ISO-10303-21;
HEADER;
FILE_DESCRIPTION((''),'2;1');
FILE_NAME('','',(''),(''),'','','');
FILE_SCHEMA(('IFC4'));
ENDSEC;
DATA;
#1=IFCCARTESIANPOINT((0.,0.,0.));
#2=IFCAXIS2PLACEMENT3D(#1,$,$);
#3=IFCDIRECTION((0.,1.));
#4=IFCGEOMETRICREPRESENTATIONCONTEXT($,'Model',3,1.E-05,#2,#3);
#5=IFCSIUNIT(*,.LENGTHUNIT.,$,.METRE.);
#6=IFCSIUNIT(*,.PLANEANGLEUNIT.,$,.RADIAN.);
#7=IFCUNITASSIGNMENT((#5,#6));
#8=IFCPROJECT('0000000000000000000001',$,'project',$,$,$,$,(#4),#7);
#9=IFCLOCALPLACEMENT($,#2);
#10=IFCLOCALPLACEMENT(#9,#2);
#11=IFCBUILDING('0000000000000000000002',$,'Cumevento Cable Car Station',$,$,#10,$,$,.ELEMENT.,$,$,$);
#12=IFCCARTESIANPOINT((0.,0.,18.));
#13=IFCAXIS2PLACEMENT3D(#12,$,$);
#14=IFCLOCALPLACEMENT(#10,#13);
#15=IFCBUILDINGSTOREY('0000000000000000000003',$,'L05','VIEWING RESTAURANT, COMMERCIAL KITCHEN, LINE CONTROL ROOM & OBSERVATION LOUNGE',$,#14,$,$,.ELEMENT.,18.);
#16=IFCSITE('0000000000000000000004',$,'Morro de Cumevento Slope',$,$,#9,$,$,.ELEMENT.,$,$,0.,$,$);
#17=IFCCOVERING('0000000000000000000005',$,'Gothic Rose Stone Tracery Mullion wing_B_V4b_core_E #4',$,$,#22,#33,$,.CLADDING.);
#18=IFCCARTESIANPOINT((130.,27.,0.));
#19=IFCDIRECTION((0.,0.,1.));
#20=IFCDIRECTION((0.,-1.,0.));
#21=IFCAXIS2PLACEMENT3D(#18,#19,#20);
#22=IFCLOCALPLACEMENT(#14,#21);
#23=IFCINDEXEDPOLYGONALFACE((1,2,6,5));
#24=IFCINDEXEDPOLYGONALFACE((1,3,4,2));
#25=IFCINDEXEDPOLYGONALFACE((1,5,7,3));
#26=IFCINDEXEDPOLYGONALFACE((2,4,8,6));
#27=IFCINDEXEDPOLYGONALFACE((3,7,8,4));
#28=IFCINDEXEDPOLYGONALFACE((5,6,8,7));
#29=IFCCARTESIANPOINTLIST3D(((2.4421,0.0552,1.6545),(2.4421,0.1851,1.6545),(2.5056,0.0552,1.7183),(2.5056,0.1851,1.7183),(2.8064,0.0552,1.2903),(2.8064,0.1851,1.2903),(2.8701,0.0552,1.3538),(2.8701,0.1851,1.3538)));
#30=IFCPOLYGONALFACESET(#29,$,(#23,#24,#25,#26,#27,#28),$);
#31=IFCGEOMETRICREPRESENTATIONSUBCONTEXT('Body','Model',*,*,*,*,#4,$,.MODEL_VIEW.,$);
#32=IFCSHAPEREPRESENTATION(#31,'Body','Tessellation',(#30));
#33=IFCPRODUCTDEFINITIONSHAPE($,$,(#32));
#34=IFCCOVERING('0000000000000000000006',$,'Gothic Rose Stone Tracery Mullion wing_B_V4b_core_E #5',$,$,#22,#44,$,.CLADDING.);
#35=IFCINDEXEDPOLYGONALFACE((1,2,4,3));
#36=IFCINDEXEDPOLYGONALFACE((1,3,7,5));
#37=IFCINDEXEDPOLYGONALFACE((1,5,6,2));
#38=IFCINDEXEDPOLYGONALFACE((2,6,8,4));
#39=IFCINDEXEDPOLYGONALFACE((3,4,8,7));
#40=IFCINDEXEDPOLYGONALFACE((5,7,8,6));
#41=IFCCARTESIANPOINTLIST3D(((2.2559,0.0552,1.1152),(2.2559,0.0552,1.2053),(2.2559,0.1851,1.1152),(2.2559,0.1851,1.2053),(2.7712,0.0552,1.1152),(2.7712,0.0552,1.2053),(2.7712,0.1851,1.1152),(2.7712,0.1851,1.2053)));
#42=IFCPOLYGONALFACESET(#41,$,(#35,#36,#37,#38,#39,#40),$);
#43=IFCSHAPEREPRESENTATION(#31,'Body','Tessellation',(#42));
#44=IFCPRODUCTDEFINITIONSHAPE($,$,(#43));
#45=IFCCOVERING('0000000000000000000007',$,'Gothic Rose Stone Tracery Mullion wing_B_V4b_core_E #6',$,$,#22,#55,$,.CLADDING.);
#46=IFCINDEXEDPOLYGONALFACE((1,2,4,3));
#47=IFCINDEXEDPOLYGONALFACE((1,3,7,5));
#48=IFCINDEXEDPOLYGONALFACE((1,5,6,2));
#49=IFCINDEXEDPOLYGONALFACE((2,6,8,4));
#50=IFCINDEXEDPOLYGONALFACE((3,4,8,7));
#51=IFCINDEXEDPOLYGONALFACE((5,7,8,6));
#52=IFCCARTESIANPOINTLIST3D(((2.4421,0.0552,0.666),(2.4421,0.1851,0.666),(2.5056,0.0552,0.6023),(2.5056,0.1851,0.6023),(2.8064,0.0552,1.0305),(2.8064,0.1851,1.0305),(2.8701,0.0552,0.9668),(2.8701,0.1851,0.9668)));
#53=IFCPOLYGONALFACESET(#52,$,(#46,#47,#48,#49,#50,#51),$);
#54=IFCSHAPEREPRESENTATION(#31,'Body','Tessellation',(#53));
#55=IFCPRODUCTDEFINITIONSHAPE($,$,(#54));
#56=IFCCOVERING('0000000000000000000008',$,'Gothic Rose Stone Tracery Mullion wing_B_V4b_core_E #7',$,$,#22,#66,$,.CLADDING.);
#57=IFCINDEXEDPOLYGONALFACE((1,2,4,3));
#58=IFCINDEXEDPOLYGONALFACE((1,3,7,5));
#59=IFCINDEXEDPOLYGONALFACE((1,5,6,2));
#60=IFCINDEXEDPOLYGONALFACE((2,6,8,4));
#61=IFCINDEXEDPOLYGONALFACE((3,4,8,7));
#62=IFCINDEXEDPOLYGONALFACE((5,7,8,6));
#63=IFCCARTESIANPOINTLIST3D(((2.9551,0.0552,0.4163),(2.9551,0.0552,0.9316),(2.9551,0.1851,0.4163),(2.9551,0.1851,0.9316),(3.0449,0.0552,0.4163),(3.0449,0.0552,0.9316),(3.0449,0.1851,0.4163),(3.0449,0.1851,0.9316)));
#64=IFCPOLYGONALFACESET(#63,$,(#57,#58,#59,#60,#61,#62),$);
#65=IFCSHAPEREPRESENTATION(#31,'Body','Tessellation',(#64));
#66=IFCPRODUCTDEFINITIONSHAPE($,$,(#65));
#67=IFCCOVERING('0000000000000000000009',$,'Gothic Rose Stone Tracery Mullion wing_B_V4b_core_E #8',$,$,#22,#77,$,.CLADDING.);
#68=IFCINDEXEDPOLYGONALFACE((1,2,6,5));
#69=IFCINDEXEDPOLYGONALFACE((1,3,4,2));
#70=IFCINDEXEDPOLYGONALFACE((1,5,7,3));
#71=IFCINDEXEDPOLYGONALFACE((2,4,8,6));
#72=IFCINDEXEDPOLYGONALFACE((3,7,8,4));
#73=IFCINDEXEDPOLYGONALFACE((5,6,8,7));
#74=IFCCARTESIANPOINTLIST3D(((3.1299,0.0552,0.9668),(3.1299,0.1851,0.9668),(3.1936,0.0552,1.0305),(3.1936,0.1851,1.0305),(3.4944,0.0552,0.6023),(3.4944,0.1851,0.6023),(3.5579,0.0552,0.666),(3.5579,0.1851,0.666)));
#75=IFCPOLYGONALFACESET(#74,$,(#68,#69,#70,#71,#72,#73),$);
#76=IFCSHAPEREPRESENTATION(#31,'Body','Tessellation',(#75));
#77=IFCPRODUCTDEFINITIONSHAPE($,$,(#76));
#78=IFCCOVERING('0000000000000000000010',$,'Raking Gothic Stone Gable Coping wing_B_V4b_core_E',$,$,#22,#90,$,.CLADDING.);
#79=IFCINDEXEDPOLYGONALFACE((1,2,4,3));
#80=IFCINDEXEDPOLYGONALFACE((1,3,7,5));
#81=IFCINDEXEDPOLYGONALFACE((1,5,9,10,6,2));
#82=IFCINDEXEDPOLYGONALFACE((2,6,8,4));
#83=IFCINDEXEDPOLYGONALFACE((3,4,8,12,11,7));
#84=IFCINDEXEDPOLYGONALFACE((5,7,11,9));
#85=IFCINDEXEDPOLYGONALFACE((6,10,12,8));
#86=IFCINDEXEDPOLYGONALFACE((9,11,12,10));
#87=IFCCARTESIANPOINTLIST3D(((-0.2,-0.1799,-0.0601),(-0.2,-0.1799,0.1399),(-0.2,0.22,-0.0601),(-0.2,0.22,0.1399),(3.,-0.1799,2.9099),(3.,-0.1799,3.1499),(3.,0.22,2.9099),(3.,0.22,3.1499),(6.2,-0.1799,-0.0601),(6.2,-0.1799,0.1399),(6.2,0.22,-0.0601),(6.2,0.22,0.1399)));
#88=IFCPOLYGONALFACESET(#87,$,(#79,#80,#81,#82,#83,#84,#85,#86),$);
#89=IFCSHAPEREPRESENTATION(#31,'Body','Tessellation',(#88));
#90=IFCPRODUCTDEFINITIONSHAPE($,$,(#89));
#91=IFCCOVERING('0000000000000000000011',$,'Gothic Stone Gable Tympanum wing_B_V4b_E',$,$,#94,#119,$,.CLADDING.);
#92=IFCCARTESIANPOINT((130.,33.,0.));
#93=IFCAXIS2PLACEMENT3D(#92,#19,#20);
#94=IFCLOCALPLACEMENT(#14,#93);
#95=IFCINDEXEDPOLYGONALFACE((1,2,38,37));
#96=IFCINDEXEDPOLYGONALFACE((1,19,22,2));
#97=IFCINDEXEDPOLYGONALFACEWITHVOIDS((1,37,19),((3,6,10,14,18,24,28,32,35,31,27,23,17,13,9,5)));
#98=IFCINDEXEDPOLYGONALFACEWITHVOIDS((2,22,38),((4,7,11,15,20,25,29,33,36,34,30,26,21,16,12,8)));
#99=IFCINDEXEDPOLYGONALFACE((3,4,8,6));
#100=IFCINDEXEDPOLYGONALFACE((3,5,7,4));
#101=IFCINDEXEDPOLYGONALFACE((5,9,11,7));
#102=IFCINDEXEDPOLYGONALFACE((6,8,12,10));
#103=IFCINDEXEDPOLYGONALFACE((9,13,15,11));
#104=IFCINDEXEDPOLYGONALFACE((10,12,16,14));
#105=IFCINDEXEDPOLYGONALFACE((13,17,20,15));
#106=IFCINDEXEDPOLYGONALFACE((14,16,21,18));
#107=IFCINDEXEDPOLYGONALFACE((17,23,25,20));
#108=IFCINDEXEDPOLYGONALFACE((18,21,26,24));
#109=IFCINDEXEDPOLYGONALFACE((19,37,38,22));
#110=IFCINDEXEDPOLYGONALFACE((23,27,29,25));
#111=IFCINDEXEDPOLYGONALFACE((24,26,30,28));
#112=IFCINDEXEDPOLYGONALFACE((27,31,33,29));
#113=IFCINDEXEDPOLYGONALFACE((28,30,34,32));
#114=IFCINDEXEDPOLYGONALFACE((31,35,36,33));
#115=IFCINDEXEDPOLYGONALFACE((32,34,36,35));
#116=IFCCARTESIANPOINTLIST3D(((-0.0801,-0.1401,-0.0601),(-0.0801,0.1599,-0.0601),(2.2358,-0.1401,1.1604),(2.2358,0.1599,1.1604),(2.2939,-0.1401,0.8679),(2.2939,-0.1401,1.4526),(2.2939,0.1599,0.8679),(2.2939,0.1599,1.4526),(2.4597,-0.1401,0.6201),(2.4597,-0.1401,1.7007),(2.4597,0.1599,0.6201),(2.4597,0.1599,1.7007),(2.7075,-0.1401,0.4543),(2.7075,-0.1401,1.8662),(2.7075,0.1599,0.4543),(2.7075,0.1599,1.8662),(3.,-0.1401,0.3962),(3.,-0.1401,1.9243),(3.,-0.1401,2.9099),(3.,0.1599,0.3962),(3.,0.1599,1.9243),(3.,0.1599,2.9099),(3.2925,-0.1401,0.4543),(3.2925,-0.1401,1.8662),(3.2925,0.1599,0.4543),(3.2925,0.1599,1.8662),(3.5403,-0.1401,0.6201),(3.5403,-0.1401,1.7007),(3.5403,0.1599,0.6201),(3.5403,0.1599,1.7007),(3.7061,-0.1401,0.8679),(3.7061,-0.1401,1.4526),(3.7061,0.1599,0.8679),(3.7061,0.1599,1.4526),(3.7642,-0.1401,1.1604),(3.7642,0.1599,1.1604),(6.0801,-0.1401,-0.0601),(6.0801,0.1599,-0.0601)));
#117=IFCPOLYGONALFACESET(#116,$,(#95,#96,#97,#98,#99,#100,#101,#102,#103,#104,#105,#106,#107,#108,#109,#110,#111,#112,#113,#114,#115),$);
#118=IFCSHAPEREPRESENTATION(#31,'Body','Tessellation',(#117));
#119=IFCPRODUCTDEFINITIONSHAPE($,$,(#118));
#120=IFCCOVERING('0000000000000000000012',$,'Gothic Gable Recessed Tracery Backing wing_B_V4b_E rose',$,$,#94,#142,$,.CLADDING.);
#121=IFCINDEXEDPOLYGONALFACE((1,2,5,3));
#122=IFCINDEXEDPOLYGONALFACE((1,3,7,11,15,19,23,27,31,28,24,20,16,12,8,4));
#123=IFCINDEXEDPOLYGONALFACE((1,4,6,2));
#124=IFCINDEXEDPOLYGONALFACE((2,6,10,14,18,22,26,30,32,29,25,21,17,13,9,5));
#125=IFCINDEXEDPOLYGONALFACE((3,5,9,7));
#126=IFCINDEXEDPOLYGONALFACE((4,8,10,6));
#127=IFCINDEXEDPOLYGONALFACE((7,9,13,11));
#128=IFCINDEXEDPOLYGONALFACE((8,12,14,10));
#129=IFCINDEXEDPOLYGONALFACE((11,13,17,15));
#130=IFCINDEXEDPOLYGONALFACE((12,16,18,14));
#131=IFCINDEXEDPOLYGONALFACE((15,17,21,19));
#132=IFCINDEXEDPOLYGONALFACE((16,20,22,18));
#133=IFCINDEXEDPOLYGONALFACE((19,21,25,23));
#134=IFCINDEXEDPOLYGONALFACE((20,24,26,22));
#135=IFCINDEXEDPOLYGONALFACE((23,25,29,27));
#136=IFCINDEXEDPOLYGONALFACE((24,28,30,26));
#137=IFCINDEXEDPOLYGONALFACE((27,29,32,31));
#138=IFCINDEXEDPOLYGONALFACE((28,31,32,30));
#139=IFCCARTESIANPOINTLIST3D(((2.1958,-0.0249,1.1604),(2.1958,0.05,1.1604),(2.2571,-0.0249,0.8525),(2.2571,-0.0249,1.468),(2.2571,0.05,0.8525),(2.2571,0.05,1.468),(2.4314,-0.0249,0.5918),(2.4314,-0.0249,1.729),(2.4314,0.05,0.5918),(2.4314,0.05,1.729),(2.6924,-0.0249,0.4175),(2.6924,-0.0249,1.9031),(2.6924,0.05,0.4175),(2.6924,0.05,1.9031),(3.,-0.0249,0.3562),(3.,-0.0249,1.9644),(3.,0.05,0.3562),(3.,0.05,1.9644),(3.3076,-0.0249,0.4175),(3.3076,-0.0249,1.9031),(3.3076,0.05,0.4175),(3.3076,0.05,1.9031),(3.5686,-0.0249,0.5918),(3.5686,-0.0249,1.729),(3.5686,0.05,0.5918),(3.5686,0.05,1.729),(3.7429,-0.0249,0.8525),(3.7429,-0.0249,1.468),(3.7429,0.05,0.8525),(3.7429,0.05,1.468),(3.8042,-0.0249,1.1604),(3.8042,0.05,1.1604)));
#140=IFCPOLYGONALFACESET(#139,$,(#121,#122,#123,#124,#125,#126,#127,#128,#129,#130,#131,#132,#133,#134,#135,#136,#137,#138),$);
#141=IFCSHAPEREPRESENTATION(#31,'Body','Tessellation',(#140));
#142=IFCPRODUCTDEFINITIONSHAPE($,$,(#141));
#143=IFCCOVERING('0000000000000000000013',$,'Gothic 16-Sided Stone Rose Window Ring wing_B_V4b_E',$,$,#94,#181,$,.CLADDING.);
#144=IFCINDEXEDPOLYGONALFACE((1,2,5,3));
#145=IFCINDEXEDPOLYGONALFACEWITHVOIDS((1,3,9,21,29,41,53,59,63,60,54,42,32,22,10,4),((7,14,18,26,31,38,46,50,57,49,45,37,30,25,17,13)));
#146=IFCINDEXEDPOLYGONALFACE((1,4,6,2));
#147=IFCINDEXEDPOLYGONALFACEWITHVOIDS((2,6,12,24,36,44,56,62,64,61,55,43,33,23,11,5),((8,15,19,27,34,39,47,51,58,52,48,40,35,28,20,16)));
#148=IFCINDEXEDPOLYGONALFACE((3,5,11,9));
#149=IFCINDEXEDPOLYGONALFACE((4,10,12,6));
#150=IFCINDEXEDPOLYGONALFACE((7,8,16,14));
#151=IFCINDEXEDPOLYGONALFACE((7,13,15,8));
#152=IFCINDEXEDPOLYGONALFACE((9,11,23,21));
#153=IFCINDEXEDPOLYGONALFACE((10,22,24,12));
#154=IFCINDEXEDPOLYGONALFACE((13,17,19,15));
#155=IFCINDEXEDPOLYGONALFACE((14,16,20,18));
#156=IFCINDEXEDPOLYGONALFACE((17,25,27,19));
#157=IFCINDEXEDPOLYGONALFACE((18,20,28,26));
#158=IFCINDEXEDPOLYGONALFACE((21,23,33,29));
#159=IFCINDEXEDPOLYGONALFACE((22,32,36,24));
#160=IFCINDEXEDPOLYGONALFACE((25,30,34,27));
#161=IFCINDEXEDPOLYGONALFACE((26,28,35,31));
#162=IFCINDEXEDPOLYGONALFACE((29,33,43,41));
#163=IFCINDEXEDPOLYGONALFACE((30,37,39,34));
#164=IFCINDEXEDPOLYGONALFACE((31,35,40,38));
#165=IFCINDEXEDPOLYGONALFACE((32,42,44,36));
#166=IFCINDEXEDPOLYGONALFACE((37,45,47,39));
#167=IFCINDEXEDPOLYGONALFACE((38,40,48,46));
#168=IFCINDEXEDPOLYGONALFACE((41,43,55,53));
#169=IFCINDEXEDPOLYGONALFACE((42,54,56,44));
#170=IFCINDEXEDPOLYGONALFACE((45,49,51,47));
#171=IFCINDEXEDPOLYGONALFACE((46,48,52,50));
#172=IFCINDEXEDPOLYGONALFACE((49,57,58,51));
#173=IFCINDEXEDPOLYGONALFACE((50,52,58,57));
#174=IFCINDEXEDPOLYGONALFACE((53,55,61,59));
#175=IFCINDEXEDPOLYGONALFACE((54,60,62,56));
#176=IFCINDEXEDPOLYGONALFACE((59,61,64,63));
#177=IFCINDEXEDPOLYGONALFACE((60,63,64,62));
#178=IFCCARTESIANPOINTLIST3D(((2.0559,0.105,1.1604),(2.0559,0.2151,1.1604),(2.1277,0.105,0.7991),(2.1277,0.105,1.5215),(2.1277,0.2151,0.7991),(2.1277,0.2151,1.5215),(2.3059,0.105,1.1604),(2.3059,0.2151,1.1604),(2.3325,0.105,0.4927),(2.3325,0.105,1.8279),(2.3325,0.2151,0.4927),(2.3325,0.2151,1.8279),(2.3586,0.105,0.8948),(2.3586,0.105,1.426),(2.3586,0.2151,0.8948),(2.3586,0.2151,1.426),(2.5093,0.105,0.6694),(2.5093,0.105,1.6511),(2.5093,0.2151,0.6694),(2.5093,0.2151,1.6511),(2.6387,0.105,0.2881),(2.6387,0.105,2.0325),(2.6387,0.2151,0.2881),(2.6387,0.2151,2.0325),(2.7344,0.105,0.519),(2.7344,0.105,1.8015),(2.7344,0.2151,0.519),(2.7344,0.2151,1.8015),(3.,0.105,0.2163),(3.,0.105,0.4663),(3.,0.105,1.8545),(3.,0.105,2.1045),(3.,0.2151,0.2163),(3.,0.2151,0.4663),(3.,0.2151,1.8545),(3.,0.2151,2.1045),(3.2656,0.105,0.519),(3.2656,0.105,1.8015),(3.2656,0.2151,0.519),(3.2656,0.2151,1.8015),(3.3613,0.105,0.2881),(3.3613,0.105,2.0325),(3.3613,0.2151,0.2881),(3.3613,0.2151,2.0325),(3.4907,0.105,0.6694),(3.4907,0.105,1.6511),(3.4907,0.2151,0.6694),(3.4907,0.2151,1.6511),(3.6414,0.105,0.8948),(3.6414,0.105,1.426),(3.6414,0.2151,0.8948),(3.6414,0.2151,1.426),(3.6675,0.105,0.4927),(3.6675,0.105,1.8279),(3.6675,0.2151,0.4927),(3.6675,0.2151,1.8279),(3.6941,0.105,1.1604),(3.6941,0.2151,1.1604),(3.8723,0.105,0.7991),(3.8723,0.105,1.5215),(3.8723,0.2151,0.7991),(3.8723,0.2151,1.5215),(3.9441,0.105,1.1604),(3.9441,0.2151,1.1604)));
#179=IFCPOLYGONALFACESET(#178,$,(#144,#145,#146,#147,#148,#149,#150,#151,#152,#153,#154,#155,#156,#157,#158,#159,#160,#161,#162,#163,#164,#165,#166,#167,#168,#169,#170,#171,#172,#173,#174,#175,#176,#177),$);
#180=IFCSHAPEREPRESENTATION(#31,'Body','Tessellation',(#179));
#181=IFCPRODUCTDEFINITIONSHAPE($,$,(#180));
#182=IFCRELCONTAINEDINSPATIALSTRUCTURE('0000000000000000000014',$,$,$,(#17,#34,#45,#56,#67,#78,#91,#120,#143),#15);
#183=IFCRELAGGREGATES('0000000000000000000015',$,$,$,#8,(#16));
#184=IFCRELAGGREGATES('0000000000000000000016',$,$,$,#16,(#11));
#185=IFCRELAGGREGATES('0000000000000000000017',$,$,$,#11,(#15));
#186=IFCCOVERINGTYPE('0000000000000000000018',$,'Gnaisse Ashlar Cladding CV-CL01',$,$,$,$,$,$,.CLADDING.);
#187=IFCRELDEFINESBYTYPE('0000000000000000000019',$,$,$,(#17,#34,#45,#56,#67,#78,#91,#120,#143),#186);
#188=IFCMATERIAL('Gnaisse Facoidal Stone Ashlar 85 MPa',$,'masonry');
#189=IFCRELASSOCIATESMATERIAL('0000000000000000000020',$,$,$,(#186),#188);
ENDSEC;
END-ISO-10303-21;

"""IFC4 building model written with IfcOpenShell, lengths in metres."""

from ifc_helpers import new_model, si_unit, direction, frame, origin, place, context, subcontext, project, spatial, polyline, outline, extrude, material, type_object, element, save


model = new_model("IFC4")

# Units and contexts
model_context = context("Model", 3, precision=1e-05, world=origin(), true_north=direction((0.0, 1.0)))
body_context = subcontext(model_context, "Body", "Model", "MODEL_VIEW")
ifc_project = project(units=[si_unit("LENGTHUNIT", "METRE"), si_unit("PLANEANGLEUNIT", "RADIAN")], contexts=[model_context])

# Site, building, storey
site_placement = place(None, origin())
site = spatial("IfcSite", under=ifc_project, at=site_placement, Name="Morro de Cumevento Slope", CompositionType="ELEMENT", RefElevation=0.0)
building_placement = place(site_placement, origin())
building = spatial("IfcBuilding", under=site, at=building_placement, Name="Cumevento Cable Car Station", CompositionType="ELEMENT")
storey_placement = place(building_placement, frame((0.0, 0.0, 18.0)))
storey = spatial("IfcBuildingStorey", under=building, at=storey_placement, Name="L05", Description="VIEWING RESTAURANT, COMMERCIAL KITCHEN, LINE CONTROL ROOM & OBSERVATION LOUNGE", CompositionType="ELEMENT", Elevation=18.0)

# Coverings
ifc_material_1 = material(Name="Gnaisse Facoidal Stone Ashlar 85 MPa", Category="masonry")
covering_type_1 = type_object("IfcCoveringType", Name="Gnaisse Ashlar Cladding CV-CL01", PredefinedType="CLADDING", material=ifc_material_1)
placement_1 = place(storey_placement, frame((130.0, 27.0, 0.0), z_axis=(0.0, 0.0, 1.0), x_axis=(0.0, -1.0, 0.0)))
element("IfcCovering", 1, at=placement_1, inside=storey, type_object=covering_type_1, Name="Gothic Rose Stone Tracery Mullion wing_B_V4b_core_E #4", PredefinedType="CLADDING", context=body_context, shape_type="SweptSolid", body=[
    extrude(outline(polyline([(2.8064, 1.2903), (2.4421, 1.6545), (2.5056, 1.7183), (2.8701, 1.3538), (2.8064, 1.2903)])), frame((0.0, 0.1851, 0.0), z_axis=(0.0, -1.0, 0.0), x_axis=(1.0, 0.0, 0.0)), (0.0, 0.0, 1.0), 0.1299),
])
element("IfcCovering", 2, at=placement_1, inside=storey, type_object=covering_type_1, Name="Gothic Rose Stone Tracery Mullion wing_B_V4b_core_E #5", PredefinedType="CLADDING", context=body_context, shape_type="SweptSolid", body=[
    extrude(outline(polyline([(2.7712, 1.1152), (2.2559, 1.1152), (2.2559, 1.2053), (2.7712, 1.2053), (2.7712, 1.1152)])), frame((0.0, 0.1851, 0.0), z_axis=(0.0, -1.0, 0.0), x_axis=(1.0, 0.0, 0.0)), (0.0, 0.0, 1.0), 0.1299),
])
element("IfcCovering", 3, at=placement_1, inside=storey, type_object=covering_type_1, Name="Gothic Rose Stone Tracery Mullion wing_B_V4b_core_E #6", PredefinedType="CLADDING", context=body_context, shape_type="SweptSolid", body=[
    extrude(outline(polyline([(2.8701, 0.9668), (2.5056, 0.6023), (2.4421, 0.666), (2.8064, 1.0305), (2.8701, 0.9668)])), frame((0.0, 0.1851, 0.0), z_axis=(0.0, -1.0, 0.0), x_axis=(1.0, 0.0, 0.0)), (0.0, 0.0, 1.0), 0.1299),
])
element("IfcCovering", 4, at=placement_1, inside=storey, type_object=covering_type_1, Name="Gothic Rose Stone Tracery Mullion wing_B_V4b_core_E #7", PredefinedType="CLADDING", context=body_context, shape_type="SweptSolid", body=[
    extrude(outline(polyline([(3.0449, 0.9316), (3.0449, 0.4163), (2.9551, 0.4163), (2.9551, 0.9316), (3.0449, 0.9316)])), frame((0.0, 0.1851, 0.0), z_axis=(0.0, -1.0, 0.0), x_axis=(1.0, 0.0, 0.0)), (0.0, 0.0, 1.0), 0.1299),
])
element("IfcCovering", 5, at=placement_1, inside=storey, type_object=covering_type_1, Name="Gothic Rose Stone Tracery Mullion wing_B_V4b_core_E #8", PredefinedType="CLADDING", context=body_context, shape_type="SweptSolid", body=[
    extrude(outline(polyline([(3.1936, 1.0305), (3.5579, 0.666), (3.4944, 0.6023), (3.1299, 0.9668), (3.1936, 1.0305)])), frame((0.0, 0.1851, 0.0), z_axis=(0.0, -1.0, 0.0), x_axis=(1.0, 0.0, 0.0)), (0.0, 0.0, 1.0), 0.1299),
])
element("IfcCovering", 6, at=placement_1, inside=storey, type_object=covering_type_1, Name="Raking Gothic Stone Gable Coping wing_B_V4b_core_E", PredefinedType="CLADDING", context=body_context, shape_type="SweptSolid", body=[
    extrude(outline(polyline([(-0.2, -0.0601), (3.0, 2.9099), (6.2, -0.0601), (6.2, 0.1399), (3.0, 3.1499), (-0.2, 0.1399), (-0.2, -0.0601)])), frame((0.0, 0.22, 0.0), z_axis=(0.0, -1.0, 0.0), x_axis=(1.0, 0.0, 0.0)), (0.0, 0.0, 1.0), 0.3999),
])
placement_2 = place(storey_placement, frame((130.0, 33.0, 0.0), z_axis=(0.0, 0.0, 1.0), x_axis=(0.0, -1.0, 0.0)))
element("IfcCovering", 7, at=placement_2, inside=storey, type_object=covering_type_1, Name="Gothic Stone Gable Tympanum wing_B_V4b_E", PredefinedType="CLADDING", context=body_context, shape_type="SweptSolid", body=[
    extrude(outline(polyline([(-0.0801, -0.0601), (6.0801, -0.0601), (3.0, 2.9099), (-0.0801, -0.0601)]), holes=[polyline([(3.7642, 1.1604), (3.7061, 1.4526), (3.5403, 1.7007), (3.2925, 1.8662), (3.0, 1.9243), (2.7075, 1.8662), (2.4597, 1.7007), (2.2939, 1.4526), (2.2358, 1.1604), (2.2939, 0.8679), (2.4597, 0.6201), (2.7075, 0.4543), (3.0, 0.3962), (3.2925, 0.4543), (3.5403, 0.6201), (3.7061, 0.8679), (3.7642, 1.1604)])]), frame((0.0, 0.1599, 0.0), z_axis=(0.0, -1.0, 0.0), x_axis=(1.0, 0.0, 0.0)), (0.0, 0.0, 1.0), 0.3),
])
element("IfcCovering", 8, at=placement_2, inside=storey, type_object=covering_type_1, Name="Gothic Gable Recessed Tracery Backing wing_B_V4b_E rose", PredefinedType="CLADDING", context=body_context, shape_type="SweptSolid", body=[
    extrude(outline(polyline([(3.8042, 1.1604), (3.7429, 1.468), (3.5686, 1.729), (3.3076, 1.9031), (3.0, 1.9644), (2.6924, 1.9031), (2.4314, 1.729), (2.2571, 1.468), (2.1958, 1.1604), (2.2571, 0.8525), (2.4314, 0.5918), (2.6924, 0.4175), (3.0, 0.3562), (3.3076, 0.4175), (3.5686, 0.5918), (3.7429, 0.8525), (3.8042, 1.1604)])), frame((0.0, 0.05, 0.0), z_axis=(0.0, -1.0, 0.0), x_axis=(1.0, 0.0, 0.0)), (0.0, 0.0, 1.0), 0.075),
])
element("IfcCovering", 9, at=placement_2, inside=storey, type_object=covering_type_1, Name="Gothic 16-Sided Stone Rose Window Ring wing_B_V4b_E", PredefinedType="CLADDING", context=body_context, shape_type="SweptSolid", body=[
    extrude(outline(polyline([(3.9441, 1.1604), (3.8723, 1.5215), (3.6675, 1.8279), (3.3613, 2.0325), (3.0, 2.1045), (2.6387, 2.0325), (2.3325, 1.8279), (2.1277, 1.5215), (2.0559, 1.1604), (2.1277, 0.7991), (2.3325, 0.4927), (2.6387, 0.2881), (3.0, 0.2163), (3.3613, 0.2881), (3.6675, 0.4927), (3.8723, 0.7991), (3.9441, 1.1604)]), holes=[polyline([(3.6941, 1.1604), (3.6414, 1.426), (3.4907, 1.6511), (3.2656, 1.8015), (3.0, 1.8545), (2.7344, 1.8015), (2.5093, 1.6511), (2.3586, 1.426), (2.3059, 1.1604), (2.3586, 0.8948), (2.5093, 0.6694), (2.7344, 0.519), (3.0, 0.4663), (3.2656, 0.519), (3.4907, 0.6694), (3.6414, 0.8948), (3.6941, 1.1604)])]), frame((0.0, 0.2151, 0.0), z_axis=(0.0, -1.0, 0.0), x_axis=(1.0, 0.0, 0.0)), (0.0, 0.0, 1.0), 0.1101),
])

save(model, "model.ifc")
